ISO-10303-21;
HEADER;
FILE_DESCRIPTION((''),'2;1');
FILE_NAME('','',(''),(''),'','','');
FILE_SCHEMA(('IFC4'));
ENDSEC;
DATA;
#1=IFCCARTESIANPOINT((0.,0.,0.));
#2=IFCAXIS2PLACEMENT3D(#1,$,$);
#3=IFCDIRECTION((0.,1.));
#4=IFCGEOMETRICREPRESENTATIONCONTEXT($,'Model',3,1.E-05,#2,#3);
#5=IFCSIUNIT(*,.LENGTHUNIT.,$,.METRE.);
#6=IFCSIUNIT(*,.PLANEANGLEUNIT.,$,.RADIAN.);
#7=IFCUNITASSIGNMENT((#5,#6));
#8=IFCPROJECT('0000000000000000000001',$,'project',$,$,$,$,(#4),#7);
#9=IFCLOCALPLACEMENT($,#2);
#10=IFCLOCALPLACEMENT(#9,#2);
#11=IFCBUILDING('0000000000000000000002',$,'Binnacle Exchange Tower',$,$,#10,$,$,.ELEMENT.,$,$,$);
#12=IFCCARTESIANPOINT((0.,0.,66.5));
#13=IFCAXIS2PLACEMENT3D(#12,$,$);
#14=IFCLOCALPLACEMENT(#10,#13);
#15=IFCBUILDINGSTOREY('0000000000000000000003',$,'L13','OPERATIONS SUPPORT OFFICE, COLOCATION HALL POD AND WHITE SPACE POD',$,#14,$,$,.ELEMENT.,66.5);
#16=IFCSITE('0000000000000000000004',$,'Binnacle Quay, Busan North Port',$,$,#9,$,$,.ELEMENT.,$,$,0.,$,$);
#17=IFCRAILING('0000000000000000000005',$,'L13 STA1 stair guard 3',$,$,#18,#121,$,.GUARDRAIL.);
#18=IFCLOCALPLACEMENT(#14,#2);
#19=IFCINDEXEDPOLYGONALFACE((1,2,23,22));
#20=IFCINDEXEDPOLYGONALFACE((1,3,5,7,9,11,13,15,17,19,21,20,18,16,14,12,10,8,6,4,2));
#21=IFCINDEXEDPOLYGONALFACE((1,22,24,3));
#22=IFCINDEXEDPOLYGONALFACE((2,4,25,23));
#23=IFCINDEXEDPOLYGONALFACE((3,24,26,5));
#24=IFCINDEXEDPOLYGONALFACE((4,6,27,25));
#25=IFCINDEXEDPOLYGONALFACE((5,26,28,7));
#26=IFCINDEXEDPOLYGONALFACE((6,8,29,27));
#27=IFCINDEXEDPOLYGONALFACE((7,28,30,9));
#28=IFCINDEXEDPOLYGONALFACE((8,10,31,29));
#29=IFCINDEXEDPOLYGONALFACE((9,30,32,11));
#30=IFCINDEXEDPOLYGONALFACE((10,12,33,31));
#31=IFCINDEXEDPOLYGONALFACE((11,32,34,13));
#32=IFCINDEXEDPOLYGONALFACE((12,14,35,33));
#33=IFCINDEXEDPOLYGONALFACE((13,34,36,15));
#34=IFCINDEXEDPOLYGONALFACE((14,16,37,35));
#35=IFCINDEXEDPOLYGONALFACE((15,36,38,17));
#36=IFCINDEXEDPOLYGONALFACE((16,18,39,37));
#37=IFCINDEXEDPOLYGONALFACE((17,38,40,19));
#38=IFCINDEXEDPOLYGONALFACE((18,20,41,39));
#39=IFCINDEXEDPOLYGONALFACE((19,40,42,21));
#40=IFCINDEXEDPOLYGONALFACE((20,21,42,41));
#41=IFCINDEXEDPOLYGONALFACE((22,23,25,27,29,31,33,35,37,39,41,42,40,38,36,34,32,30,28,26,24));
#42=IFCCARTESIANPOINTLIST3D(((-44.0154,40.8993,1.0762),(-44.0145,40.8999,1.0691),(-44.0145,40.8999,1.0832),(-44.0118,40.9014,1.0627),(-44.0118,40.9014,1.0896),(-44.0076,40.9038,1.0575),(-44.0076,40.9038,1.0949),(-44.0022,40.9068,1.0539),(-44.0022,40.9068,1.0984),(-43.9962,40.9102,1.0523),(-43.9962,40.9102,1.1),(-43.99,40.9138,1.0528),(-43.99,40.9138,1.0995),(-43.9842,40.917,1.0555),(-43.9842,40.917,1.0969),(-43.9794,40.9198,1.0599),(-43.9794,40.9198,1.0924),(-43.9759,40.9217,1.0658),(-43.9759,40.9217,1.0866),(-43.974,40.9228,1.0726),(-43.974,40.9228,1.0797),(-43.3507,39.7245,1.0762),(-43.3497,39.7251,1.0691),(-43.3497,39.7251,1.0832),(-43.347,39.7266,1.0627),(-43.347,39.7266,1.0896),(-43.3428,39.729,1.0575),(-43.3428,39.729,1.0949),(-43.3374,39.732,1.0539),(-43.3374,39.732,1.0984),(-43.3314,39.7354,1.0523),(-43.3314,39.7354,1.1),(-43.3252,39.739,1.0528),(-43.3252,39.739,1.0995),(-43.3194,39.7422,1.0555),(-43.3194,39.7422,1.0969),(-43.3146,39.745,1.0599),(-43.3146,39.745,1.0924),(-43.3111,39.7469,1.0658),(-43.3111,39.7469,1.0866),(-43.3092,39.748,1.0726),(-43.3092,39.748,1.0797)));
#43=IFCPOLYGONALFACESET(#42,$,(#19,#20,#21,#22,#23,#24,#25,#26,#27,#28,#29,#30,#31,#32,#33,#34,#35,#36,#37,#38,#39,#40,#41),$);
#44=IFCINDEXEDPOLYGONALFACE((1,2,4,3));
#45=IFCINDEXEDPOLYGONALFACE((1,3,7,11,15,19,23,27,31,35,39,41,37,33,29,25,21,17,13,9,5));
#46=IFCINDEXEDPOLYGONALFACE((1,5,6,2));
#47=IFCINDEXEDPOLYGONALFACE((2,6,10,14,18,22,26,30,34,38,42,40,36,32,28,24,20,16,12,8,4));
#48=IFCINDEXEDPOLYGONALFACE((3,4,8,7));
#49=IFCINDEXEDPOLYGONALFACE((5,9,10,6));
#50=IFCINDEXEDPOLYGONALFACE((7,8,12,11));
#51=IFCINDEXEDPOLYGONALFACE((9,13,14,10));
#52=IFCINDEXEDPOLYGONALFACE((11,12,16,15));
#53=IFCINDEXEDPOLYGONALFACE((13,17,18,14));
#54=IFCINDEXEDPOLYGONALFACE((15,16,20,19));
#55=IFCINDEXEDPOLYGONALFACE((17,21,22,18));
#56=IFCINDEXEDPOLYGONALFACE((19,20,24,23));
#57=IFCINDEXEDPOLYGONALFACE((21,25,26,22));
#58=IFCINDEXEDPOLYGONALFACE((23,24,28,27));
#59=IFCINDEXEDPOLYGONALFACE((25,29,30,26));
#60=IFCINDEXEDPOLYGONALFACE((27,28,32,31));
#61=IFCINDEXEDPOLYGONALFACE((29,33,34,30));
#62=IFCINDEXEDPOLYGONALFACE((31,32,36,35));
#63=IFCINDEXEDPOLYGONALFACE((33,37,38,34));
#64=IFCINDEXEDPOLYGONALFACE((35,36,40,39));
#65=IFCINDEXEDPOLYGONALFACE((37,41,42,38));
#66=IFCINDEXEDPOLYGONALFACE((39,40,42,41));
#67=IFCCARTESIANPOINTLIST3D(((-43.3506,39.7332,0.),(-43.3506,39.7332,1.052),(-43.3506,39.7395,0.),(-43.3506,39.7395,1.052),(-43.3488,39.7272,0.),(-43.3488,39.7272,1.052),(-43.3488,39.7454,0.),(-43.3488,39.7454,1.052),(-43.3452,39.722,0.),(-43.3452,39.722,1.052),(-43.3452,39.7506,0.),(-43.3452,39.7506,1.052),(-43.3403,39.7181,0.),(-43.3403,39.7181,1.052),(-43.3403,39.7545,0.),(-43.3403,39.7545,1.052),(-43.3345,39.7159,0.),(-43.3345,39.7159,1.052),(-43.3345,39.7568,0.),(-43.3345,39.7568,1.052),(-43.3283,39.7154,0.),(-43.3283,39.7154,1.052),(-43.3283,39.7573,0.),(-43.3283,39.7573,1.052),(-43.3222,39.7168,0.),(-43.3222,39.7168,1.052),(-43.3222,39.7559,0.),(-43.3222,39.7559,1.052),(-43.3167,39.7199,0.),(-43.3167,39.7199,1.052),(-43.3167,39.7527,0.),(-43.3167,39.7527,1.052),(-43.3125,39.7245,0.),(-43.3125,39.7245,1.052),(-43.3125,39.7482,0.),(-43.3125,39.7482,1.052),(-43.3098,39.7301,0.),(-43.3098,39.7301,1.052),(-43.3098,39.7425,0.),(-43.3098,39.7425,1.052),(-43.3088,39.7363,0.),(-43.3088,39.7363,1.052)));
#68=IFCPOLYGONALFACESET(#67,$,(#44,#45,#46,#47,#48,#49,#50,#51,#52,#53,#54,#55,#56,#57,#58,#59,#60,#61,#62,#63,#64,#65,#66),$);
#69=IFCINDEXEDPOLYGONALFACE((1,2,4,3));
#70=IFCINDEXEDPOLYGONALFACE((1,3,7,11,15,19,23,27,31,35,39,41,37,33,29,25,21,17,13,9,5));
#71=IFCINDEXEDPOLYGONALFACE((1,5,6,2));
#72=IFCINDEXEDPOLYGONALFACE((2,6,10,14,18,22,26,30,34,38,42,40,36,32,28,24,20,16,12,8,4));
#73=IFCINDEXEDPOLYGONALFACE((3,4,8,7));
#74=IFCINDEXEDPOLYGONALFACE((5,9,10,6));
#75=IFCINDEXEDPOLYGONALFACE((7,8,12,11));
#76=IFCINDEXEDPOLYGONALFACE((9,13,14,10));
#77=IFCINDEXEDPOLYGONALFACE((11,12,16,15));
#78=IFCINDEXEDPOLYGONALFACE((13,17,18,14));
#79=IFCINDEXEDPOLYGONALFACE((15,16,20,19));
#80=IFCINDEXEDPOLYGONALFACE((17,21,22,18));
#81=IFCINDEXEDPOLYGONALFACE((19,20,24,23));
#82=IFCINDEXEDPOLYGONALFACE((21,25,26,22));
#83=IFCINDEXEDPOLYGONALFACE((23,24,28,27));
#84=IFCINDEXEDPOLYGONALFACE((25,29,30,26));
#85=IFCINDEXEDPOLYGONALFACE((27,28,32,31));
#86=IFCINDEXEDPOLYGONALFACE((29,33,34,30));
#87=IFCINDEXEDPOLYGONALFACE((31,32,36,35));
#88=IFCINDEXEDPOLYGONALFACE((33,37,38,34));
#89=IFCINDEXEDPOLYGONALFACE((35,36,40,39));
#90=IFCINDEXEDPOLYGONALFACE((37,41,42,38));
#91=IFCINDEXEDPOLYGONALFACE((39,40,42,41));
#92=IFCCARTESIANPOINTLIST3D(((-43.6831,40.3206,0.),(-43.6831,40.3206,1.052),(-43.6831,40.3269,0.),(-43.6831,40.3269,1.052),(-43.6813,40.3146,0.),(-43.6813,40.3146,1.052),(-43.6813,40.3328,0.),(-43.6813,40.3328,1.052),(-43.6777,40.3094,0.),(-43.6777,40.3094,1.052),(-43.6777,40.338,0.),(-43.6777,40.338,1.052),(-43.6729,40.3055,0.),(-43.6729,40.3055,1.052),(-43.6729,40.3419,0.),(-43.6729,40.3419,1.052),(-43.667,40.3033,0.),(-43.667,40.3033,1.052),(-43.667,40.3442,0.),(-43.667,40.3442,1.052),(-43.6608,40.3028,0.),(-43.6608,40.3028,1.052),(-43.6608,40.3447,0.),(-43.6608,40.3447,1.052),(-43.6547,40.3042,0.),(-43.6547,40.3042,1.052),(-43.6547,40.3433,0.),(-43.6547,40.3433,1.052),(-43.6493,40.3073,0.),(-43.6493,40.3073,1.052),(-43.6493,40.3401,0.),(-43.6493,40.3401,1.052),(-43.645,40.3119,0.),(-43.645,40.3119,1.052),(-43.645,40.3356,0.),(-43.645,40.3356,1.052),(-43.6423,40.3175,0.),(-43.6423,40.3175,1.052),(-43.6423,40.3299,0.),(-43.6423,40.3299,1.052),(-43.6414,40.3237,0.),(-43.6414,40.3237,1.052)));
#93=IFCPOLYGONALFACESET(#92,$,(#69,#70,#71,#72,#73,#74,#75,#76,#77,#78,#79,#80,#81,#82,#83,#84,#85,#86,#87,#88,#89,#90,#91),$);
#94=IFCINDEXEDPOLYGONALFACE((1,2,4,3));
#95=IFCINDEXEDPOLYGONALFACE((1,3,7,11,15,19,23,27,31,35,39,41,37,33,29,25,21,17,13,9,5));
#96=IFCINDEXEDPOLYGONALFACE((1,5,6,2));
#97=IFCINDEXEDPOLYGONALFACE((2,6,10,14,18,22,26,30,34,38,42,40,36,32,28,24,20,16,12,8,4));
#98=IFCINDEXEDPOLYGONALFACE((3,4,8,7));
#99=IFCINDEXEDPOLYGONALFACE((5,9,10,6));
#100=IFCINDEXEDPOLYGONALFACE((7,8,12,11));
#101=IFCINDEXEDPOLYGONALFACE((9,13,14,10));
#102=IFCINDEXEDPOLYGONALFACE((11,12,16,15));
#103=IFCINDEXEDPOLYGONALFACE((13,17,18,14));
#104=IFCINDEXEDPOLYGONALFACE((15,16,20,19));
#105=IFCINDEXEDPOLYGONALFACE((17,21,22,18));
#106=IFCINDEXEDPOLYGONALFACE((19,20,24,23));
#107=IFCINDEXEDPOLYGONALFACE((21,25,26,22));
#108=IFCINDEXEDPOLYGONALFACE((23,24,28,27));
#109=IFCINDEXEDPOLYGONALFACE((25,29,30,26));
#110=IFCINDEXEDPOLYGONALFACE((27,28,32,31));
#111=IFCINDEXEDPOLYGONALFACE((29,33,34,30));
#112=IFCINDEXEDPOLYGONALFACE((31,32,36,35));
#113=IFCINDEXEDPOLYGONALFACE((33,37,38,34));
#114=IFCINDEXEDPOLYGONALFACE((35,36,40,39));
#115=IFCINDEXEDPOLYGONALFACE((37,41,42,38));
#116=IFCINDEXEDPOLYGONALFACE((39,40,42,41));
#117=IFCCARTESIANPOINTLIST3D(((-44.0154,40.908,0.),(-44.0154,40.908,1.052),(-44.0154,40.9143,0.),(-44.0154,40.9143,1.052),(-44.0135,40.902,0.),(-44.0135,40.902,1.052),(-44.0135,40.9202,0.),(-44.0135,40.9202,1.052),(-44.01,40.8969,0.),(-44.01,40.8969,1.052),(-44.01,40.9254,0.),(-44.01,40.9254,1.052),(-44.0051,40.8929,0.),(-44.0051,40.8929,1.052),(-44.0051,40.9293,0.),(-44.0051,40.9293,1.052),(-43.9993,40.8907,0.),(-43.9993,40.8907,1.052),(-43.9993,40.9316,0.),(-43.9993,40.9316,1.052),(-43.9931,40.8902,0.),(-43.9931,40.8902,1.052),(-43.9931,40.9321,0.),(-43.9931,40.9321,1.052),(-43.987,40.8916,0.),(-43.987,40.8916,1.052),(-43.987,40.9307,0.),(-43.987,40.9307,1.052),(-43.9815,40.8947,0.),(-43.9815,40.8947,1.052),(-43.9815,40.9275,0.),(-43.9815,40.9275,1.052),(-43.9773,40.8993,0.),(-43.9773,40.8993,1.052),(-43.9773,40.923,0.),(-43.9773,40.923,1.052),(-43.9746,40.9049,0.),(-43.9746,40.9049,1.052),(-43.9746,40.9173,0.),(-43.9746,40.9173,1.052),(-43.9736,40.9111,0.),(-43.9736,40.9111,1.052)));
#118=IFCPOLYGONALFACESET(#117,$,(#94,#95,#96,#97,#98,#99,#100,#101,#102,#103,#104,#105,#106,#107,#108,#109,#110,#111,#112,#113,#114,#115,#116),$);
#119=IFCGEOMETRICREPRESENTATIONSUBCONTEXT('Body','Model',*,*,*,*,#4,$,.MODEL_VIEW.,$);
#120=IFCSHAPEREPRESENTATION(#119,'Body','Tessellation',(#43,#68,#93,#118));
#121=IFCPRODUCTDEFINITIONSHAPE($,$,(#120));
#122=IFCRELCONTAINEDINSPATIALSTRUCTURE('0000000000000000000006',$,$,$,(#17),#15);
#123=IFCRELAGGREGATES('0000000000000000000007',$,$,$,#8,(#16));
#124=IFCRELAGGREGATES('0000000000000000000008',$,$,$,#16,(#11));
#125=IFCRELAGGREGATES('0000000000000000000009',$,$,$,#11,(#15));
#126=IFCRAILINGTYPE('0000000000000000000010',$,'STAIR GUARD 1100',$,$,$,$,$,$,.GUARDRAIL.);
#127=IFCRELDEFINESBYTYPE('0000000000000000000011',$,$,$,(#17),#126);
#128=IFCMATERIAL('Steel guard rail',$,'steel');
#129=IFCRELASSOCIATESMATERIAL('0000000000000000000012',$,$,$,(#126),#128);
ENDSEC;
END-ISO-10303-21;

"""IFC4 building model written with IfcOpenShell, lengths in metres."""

from ifc_helpers import new_model, si_unit, direction, frame, origin, origin_2d, place, context, subcontext, project, spatial, circle, extrude, material, type_object, element, save


model = new_model("IFC4")

# Units and contexts
model_context = context("Model", 3, precision=1e-05, world=origin(), true_north=direction((0.0, 1.0)))
body_context = subcontext(model_context, "Body", "Model", "MODEL_VIEW")
ifc_project = project(units=[si_unit("LENGTHUNIT", "METRE"), si_unit("PLANEANGLEUNIT", "RADIAN")], contexts=[model_context])

# Site, building, storey
site_placement = place(None, origin())
site = spatial("IfcSite", under=ifc_project, at=site_placement, Name="Binnacle Quay, Busan North Port", CompositionType="ELEMENT", RefElevation=0.0)
building_placement = place(site_placement, origin())
building = spatial("IfcBuilding", under=site, at=building_placement, Name="Binnacle Exchange Tower", CompositionType="ELEMENT")
storey_placement = place(building_placement, frame((0.0, 0.0, 66.5)))
storey = spatial("IfcBuildingStorey", under=building, at=storey_placement, Name="L13", Description="OPERATIONS SUPPORT OFFICE, COLOCATION HALL POD AND WHITE SPACE POD", CompositionType="ELEMENT", Elevation=66.5)

# Railing
ifc_material_1 = material(Name="Steel guard rail", Category="steel")
railing_type = type_object("IfcRailingType", Name="STAIR GUARD 1100", PredefinedType="GUARDRAIL", material=ifc_material_1)
railing_1_placement = place(storey_placement, frame((-43.3298, 39.7363, 0.0)))
element("IfcRailing", 1, at=railing_1_placement, inside=storey, type_object=railing_type, Name="L13 STA1 stair guard 3", PredefinedType="GUARDRAIL", context=body_context, shape_type="SweptSolid", body=[
    extrude(circle(Radius=0.0239, at=origin_2d()), frame((0.0, 0.0, 1.0762), z_axis=(-0.492492, 0.870317, 0.0), x_axis=(-0.870317, -0.492492, 0.0)), (0.0, 0.0, 1.0), 1.3499),
    extrude(circle(Radius=0.021, at=origin_2d()), origin(), (0.0, 0.0, 1.0), 1.052),
    extrude(circle(Radius=0.021, at=origin_2d()), frame((-0.3325, 0.5874, 0.0)), (0.0, 0.0, 1.0), 1.052),
    extrude(circle(Radius=0.021, at=origin_2d()), frame((-0.6648, 1.1748, 0.0)), (0.0, 0.0, 1.0), 1.052),
])

save(model, "model.ifc")
